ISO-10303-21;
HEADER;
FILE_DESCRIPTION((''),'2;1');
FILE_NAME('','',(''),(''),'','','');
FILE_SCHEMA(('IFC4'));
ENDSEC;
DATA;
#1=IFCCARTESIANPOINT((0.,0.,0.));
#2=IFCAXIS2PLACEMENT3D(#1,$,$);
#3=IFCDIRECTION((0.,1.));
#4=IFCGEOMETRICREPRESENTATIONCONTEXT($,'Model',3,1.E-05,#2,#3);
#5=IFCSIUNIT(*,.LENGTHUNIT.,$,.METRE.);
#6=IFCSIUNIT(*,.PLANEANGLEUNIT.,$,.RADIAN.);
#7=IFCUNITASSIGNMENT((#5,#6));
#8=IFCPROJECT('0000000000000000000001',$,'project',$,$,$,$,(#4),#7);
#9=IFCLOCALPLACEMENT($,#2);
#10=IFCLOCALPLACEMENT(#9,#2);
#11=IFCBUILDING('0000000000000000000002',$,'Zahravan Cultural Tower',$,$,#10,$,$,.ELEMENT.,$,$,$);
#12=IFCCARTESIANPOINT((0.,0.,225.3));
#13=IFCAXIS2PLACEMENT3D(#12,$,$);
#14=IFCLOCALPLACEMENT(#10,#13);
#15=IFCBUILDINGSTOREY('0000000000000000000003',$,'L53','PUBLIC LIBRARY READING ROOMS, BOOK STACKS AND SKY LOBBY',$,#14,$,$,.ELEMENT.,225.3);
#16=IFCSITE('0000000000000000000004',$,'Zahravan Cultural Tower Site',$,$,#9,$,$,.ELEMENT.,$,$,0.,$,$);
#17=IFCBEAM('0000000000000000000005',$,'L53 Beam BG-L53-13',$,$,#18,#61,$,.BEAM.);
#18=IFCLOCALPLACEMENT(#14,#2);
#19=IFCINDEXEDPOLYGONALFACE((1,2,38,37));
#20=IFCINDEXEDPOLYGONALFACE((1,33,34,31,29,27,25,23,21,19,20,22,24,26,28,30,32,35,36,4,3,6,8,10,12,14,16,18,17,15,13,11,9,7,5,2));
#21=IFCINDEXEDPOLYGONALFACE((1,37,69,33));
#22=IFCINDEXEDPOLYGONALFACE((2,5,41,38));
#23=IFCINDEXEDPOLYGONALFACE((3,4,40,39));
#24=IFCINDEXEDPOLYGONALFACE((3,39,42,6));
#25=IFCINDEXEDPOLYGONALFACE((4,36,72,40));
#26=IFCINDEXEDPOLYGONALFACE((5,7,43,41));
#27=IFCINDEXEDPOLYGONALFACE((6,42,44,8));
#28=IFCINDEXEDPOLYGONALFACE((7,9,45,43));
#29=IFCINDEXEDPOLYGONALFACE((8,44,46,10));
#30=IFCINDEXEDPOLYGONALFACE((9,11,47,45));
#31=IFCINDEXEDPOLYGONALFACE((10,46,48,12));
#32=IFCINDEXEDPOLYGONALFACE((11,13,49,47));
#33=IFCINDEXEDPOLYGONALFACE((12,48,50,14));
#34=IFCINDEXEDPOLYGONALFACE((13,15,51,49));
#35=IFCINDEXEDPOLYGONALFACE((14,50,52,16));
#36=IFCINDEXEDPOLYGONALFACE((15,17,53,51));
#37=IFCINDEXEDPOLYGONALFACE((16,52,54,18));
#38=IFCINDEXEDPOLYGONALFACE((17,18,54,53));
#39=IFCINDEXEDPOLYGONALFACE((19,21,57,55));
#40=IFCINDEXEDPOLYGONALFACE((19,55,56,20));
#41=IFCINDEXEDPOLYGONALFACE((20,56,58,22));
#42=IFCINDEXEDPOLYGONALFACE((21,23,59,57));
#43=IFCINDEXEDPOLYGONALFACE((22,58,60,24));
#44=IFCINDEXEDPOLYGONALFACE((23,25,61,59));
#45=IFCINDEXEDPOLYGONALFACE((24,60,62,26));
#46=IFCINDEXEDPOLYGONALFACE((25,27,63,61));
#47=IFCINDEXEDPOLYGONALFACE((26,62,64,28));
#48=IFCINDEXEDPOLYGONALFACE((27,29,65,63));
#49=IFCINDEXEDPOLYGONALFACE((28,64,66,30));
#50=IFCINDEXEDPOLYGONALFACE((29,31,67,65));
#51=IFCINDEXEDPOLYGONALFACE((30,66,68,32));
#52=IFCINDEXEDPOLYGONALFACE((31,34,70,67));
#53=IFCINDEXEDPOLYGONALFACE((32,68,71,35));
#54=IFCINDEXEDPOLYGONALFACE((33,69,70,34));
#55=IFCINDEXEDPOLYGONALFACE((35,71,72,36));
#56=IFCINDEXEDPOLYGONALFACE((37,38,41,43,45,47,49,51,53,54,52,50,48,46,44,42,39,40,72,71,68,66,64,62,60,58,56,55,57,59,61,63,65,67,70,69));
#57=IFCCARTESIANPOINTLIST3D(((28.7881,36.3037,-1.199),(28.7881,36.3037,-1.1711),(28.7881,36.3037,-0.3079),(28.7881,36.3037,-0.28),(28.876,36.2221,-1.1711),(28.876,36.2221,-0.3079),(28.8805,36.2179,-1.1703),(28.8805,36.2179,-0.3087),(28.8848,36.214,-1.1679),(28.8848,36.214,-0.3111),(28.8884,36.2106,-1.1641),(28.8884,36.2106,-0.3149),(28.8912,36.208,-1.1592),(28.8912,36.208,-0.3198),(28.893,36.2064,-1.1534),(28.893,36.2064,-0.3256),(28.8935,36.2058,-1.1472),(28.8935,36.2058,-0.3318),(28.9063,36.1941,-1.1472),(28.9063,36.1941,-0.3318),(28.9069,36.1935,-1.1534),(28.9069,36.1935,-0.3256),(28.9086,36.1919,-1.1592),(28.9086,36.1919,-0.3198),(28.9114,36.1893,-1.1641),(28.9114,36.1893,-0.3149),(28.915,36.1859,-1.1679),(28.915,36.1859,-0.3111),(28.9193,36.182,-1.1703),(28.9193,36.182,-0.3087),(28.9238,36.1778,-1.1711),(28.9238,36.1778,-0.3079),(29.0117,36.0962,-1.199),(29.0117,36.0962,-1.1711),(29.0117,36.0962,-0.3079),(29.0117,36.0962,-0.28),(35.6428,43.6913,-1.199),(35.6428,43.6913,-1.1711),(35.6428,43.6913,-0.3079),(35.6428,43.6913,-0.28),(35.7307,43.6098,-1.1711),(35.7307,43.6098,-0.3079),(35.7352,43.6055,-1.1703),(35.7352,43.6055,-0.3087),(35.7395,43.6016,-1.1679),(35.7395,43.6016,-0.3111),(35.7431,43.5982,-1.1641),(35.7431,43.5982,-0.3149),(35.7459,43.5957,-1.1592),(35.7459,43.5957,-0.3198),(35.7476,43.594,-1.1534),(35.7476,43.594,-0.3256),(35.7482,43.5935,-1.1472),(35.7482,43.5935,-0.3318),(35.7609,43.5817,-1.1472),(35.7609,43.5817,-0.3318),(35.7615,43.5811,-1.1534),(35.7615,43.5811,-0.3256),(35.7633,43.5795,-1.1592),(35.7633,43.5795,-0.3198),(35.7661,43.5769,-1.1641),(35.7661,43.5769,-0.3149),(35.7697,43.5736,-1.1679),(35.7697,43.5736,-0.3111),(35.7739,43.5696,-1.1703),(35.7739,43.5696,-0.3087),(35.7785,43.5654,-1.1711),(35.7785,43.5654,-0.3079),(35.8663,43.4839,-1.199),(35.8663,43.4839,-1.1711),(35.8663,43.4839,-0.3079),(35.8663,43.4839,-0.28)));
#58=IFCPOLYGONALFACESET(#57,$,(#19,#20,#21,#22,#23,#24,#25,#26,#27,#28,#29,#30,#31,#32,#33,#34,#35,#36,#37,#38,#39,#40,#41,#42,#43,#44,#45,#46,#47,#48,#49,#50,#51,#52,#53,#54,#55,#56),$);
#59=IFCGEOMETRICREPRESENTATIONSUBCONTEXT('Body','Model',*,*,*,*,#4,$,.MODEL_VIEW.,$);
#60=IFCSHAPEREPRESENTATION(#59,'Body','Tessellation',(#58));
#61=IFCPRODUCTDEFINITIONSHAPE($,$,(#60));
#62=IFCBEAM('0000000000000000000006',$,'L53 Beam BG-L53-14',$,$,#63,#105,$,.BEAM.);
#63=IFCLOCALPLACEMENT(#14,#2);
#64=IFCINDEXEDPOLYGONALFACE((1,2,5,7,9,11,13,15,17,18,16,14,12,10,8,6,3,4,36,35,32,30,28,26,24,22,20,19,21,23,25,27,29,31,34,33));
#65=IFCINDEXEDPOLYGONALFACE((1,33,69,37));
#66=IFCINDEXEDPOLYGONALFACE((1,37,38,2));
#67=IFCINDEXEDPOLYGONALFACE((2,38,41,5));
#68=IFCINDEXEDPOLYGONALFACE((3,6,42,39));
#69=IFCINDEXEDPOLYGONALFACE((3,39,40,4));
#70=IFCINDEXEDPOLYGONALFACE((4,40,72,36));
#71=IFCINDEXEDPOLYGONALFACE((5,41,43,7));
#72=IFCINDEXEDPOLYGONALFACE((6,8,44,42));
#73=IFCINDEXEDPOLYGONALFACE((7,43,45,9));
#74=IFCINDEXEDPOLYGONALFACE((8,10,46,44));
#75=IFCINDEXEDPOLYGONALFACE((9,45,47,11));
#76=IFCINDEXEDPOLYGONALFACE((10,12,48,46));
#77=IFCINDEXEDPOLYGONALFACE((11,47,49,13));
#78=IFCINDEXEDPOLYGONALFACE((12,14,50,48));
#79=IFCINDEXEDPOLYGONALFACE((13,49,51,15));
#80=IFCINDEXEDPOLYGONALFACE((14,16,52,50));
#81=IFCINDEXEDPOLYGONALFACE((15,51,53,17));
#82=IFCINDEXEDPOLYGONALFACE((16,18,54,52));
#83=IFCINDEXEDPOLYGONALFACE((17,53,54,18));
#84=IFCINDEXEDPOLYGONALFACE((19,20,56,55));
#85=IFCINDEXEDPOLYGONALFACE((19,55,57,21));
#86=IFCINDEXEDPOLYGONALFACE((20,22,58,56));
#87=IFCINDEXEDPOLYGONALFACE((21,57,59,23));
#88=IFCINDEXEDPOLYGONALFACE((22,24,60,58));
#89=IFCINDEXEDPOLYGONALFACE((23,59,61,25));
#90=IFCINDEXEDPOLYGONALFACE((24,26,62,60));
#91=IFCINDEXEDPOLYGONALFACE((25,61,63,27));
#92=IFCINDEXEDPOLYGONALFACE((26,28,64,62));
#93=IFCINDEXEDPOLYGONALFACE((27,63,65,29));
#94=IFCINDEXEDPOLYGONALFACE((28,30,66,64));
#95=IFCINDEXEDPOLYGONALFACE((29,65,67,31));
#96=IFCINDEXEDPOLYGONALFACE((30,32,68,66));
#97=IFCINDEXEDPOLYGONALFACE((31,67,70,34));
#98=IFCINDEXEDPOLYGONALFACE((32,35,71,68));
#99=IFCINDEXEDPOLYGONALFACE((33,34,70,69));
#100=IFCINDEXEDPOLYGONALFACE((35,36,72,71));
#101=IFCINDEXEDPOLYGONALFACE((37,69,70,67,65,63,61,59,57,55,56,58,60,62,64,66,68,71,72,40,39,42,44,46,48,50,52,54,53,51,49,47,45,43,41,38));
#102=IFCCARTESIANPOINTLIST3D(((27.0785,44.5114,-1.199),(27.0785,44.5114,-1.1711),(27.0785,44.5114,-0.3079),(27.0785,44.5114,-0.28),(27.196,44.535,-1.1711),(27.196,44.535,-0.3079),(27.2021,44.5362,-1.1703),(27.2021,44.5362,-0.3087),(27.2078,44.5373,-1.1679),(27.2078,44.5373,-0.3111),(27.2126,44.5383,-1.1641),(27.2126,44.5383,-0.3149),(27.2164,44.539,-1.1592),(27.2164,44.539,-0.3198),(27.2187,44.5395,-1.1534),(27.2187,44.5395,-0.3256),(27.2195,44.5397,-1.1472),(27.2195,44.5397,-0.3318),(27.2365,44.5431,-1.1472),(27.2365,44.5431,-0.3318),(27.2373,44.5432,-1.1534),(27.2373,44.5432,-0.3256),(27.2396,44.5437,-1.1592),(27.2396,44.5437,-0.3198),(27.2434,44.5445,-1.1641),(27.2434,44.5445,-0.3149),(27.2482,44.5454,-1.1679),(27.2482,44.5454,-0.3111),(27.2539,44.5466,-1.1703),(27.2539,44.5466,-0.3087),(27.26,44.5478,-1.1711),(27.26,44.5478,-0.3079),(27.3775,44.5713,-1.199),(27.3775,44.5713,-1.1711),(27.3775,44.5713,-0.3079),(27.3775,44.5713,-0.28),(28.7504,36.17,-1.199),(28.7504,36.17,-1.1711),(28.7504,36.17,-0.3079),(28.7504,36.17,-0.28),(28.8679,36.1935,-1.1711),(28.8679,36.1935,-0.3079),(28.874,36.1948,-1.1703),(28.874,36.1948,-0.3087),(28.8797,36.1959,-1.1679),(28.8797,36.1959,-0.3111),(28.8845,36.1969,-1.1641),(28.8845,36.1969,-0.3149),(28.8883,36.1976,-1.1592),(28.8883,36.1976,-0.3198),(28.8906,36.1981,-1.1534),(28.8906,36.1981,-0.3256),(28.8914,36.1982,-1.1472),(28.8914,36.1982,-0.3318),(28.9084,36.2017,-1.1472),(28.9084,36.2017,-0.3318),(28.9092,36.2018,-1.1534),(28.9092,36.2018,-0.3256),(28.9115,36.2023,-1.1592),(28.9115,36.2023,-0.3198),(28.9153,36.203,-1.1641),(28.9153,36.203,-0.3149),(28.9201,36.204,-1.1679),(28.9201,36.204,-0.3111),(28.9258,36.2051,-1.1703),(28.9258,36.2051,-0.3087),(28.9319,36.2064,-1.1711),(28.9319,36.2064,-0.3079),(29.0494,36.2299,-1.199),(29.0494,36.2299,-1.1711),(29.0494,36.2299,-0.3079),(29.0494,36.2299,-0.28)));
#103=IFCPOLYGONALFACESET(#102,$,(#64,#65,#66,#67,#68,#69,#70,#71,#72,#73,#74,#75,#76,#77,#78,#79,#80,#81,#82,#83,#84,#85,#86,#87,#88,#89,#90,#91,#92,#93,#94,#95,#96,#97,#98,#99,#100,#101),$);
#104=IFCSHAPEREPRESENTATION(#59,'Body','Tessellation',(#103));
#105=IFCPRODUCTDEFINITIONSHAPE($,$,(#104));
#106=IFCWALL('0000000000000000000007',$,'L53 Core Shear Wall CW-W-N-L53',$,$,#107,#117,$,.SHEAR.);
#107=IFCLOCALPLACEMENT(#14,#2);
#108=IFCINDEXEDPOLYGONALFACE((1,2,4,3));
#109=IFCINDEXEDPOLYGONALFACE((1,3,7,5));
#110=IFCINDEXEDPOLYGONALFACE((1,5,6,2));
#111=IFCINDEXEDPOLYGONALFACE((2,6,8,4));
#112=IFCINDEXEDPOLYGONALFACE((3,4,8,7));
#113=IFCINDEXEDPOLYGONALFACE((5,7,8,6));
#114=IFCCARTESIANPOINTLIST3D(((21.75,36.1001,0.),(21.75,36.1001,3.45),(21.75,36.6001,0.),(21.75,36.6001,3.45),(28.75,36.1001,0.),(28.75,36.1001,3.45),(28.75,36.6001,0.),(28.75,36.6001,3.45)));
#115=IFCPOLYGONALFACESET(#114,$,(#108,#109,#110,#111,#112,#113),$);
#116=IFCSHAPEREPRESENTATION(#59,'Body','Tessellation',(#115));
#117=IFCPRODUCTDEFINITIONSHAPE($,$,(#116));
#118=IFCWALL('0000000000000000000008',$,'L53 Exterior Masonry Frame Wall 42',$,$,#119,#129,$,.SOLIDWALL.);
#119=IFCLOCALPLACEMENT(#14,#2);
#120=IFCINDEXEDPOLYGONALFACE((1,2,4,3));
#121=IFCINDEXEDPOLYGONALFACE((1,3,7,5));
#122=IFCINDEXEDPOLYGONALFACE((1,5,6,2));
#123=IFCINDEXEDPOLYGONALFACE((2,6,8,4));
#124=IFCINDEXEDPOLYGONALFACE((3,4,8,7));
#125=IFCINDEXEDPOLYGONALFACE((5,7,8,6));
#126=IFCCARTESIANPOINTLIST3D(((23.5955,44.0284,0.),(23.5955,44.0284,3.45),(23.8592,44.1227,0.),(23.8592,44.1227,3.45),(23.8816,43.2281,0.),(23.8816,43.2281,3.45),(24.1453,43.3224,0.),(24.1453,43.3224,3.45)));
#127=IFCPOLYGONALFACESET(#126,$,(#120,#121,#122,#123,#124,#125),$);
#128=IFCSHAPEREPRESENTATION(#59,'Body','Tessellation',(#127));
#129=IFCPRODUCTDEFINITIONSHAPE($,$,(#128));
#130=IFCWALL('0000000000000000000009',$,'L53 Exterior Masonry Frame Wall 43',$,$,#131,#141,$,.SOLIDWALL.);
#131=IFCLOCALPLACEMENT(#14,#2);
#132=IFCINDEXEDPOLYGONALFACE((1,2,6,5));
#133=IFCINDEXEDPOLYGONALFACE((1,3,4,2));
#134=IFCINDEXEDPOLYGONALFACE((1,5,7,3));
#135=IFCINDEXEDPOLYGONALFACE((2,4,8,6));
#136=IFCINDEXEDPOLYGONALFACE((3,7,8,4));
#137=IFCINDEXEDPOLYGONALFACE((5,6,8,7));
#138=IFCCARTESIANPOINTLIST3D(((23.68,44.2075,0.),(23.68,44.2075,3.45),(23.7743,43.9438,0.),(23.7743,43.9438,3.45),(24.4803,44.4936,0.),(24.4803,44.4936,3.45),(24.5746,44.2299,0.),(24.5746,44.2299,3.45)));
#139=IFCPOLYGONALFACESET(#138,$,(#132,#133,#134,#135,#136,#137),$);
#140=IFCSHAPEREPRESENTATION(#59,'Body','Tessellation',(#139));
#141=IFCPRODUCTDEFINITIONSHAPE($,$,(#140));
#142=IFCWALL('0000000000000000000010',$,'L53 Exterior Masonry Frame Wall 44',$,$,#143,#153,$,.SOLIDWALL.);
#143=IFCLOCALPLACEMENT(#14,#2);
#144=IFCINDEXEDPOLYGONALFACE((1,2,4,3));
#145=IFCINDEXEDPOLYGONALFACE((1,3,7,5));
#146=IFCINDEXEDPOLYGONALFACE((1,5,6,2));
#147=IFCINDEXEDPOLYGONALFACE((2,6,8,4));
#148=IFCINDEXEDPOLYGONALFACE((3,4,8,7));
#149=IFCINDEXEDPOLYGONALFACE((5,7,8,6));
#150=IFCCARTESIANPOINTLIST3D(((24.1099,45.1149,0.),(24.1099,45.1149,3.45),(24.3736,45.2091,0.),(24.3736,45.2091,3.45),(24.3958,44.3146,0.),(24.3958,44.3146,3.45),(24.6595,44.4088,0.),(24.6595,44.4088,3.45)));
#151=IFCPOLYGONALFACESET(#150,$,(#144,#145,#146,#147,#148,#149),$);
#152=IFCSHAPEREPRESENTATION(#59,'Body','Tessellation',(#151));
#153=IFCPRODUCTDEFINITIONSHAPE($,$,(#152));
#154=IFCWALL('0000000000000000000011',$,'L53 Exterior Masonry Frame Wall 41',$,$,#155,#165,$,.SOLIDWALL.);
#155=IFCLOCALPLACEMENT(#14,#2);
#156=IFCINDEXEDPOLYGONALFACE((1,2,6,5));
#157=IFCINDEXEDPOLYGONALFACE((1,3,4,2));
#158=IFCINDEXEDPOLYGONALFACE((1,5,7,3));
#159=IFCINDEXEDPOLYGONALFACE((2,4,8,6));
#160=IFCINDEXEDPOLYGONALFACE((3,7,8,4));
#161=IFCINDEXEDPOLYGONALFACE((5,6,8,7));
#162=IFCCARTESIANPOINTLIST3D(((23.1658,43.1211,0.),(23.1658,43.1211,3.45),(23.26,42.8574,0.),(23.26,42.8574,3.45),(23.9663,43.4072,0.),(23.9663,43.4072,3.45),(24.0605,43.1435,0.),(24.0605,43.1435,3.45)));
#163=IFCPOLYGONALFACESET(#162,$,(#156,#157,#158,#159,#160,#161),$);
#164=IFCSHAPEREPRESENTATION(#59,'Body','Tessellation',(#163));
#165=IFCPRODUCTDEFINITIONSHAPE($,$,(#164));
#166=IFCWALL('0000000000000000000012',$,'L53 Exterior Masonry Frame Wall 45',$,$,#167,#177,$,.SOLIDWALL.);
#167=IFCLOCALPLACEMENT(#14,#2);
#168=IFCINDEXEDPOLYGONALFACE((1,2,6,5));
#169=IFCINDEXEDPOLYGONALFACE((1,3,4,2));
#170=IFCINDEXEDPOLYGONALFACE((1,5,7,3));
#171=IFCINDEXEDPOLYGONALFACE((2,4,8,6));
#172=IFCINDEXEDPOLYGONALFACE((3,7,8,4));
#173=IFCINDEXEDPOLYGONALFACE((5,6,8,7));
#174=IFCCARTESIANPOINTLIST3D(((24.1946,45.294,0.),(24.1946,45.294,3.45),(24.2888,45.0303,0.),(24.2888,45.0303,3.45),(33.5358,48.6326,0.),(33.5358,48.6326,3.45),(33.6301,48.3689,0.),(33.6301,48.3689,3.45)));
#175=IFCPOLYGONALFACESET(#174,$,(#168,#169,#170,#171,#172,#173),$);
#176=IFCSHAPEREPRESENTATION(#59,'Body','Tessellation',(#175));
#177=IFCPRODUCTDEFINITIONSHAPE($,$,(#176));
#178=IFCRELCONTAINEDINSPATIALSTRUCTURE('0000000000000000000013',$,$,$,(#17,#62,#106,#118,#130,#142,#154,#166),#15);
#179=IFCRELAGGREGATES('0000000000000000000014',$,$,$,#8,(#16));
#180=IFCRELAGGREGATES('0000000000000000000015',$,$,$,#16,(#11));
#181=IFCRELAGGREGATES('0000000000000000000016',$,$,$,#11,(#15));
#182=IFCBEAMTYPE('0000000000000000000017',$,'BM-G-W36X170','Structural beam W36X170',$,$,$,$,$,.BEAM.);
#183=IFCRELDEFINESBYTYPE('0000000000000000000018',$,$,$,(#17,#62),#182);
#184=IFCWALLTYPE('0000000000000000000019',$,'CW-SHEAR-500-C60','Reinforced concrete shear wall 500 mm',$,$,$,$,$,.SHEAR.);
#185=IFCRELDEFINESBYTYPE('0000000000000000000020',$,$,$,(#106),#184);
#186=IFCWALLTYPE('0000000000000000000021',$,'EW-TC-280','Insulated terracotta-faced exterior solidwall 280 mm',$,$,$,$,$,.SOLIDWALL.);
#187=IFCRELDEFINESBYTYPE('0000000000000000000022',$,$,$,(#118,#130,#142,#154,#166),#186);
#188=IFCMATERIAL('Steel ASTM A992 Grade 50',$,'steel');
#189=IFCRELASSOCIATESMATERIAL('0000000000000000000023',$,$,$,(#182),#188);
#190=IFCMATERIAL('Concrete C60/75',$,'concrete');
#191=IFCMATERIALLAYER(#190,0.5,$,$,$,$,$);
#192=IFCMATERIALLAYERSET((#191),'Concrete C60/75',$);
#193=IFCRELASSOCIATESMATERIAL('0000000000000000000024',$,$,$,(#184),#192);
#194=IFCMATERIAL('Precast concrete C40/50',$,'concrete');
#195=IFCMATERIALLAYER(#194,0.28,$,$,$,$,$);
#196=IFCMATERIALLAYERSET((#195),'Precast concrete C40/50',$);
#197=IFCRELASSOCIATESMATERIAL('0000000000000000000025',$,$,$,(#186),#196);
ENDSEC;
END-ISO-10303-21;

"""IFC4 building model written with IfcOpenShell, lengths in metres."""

from ifc_helpers import new_model, si_unit, direction, frame, frame_2d, origin, origin_2d, place, context, subcontext, project, spatial, rectangle, i_section, extrude, source, transform, mapped, material, layer, layer_set, material_profile, profile_set, type_object, element, save


model = new_model("IFC4")

# Units and contexts
model_context = context("Model", 3, precision=1e-05, world=origin(), true_north=direction((0.0, 1.0)))
body_context = subcontext(model_context, "Body", "Model", "MODEL_VIEW")
ifc_project = project(units=[si_unit("LENGTHUNIT", "METRE"), si_unit("PLANEANGLEUNIT", "RADIAN")], contexts=[model_context])

# Site, building, storey
site_placement = place(None, origin())
site = spatial("IfcSite", under=ifc_project, at=site_placement, Name="Zahravan Cultural Tower Site", CompositionType="ELEMENT", RefElevation=0.0)
building_placement = place(site_placement, origin())
building = spatial("IfcBuilding", under=site, at=building_placement, Name="Zahravan Cultural Tower", CompositionType="ELEMENT")
storey_placement = place(building_placement, frame((0.0, 0.0, 225.3)))
storey = spatial("IfcBuildingStorey", under=building, at=storey_placement, Name="L53", Description="PUBLIC LIBRARY READING ROOMS, BOOK STACKS AND SKY LOBBY", CompositionType="ELEMENT", Elevation=225.3)

# Shared definitions
ifc_material_1 = material(Name="Steel ASTM A992 Grade 50", Category="steel")

# Beams
ifc_material_profile_1 = material_profile(ifc_material_1, i_section(OverallWidth=0.3049, OverallDepth=0.9189, WebThickness=0.0173, FlangeThickness=0.0278, FilletRadius=0.0239, at=origin_2d()), Name="W36X170")
ifc_profile_set_1 = profile_set([ifc_material_profile_1], Name="Steel ASTM A992 Grade 50")
beam_type_1 = type_object("IfcBeamType", Name="BM-G-W36X170", Description="Structural beam W36X170", PredefinedType="BEAM", material=ifc_profile_set_1)
shared_shape_1 = source(origin(), body_context, "Body", "SweptSolid", [
    extrude(i_section(OverallWidth=0.3049, OverallDepth=0.9189, WebThickness=0.0173, FlangeThickness=0.0278, FilletRadius=0.0239, at=origin_2d()), origin(), (0.0, 0.0, 1.0), 10.0779),
])
beam_1_placement = place(storey_placement, frame((28.8999, 36.2, -0.7395), z_axis=(0.68017, 0.733054, 0.0), x_axis=(-0.733054, 0.68017, 0.0)))
element("IfcBeam", 1, at=beam_1_placement, inside=storey, type_object=beam_type_1, Name="L53 Beam BG-L53-13", PredefinedType="BEAM", context=body_context, shape_type="MappedRepresentation", body=[
    mapped(shared_shape_1, transform((0.0, 0.0, 0.0), x_axis=(1.0, 0.0, 0.0), y_axis=(0.0, 1.0, 0.0), z_axis=(0.0, 0.0, 1.0), scale=1.0)),
])
shared_shape_2 = source(origin(), body_context, "Body", "SweptSolid", [
    extrude(i_section(OverallWidth=0.3049, OverallDepth=0.9189, WebThickness=0.0173, FlangeThickness=0.0278, FilletRadius=0.0239, at=origin_2d()), origin(), (0.0, 0.0, 1.0), 8.5073),
])
beam_2_placement = place(storey_placement, frame((28.8999, 36.2, -0.7395), z_axis=(-0.196525, 0.980499, 0.0), x_axis=(-0.980499, -0.196525, 0.0)))
element("IfcBeam", 2, at=beam_2_placement, inside=storey, type_object=beam_type_1, Name="L53 Beam BG-L53-14", PredefinedType="BEAM", context=body_context, shape_type="MappedRepresentation", body=[
    mapped(shared_shape_2, transform((0.0, 0.0, 0.0), x_axis=(1.0, 0.0, 0.0), y_axis=(0.0, 1.0, 0.0), z_axis=(0.0, 0.0, 1.0), scale=1.0)),
])

# Walls
ifc_material_2 = material(Name="Concrete C60/75", Category="concrete")
ifc_layer_1 = layer(ifc_material_2, 0.5)
ifc_layer_set_1 = layer_set([ifc_layer_1], Name="Concrete C60/75")
wall_type_1 = type_object("IfcWallType", Name="CW-SHEAR-500-C60", Description="Reinforced concrete shear wall 500 mm", PredefinedType="SHEAR", material=ifc_layer_set_1)
shared_shape_3 = source(origin(), body_context, "Body", "SweptSolid", [
    extrude(rectangle(XDim=7.0, YDim=0.5, at=frame_2d((3.5, 0.0))), origin(), (0.0, 0.0, 1.0), 3.45),
])
wall_1_placement = place(storey_placement, frame((21.75, 36.3501, 0.0), z_axis=(0.0, 0.0, 1.0), x_axis=(1.0, 0.0, 0.0)))
element("IfcWall", 3, at=wall_1_placement, inside=storey, type_object=wall_type_1, Name="L53 Core Shear Wall CW-W-N-L53", PredefinedType="SHEAR", context=body_context, shape_type="MappedRepresentation", body=[
    mapped(shared_shape_3, transform((0.0, 0.0, 0.0), x_axis=(1.0, 0.0, 0.0), y_axis=(0.0, 1.0, 0.0), z_axis=(0.0, 0.0, 1.0), scale=1.0)),
])
ifc_material_3 = material(Name="Precast concrete C40/50", Category="concrete")
ifc_layer_2 = layer(ifc_material_3, 0.28)
ifc_layer_set_2 = layer_set([ifc_layer_2], Name="Precast concrete C40/50")
wall_type_2 = type_object("IfcWallType", Name="EW-TC-280", Description="Insulated terracotta-faced exterior solidwall 280 mm", PredefinedType="SOLIDWALL", material=ifc_layer_set_2)
shared_shape_4 = source(origin(), body_context, "Body", "SweptSolid", [
    extrude(rectangle(XDim=0.8499, YDim=0.28, at=frame_2d((0.4248, 0.0))), origin(), (0.0, 0.0, 1.0), 3.45),
])
for number, where, z_axis, x_axis, name in (
    (4, (24.0134, 43.2754, 0.0), (0.0, 0.0, 1.0), (-0.336664, 0.941625, 0.0), "L53 Exterior Masonry Frame Wall 42"),
    (5, (23.7273, 44.0757, 0.0), (0.0, 0.0, 1.0), (0.941625, 0.336664, 0.0), "L53 Exterior Masonry Frame Wall 43"),
    (6, (24.5276, 44.3618, 0.0), (0.0, 0.0, 1.0), (-0.336409, 0.941716, 0.0), "L53 Exterior Masonry Frame Wall 44"),
):
    element("IfcWall", number, at=place(storey_placement, frame(where, z_axis=z_axis, x_axis=x_axis)), inside=storey, type_object=wall_type_2, Name=name, PredefinedType="SOLIDWALL", context=body_context, shape_type="MappedRepresentation", body=[
        mapped(shared_shape_4, transform((0.0, 0.0, 0.0), x_axis=(1.0, 0.0, 0.0), y_axis=(0.0, 1.0, 0.0), z_axis=(0.0, 0.0, 1.0), scale=1.0)),
    ])
shared_shape_5 = source(origin(), body_context, "Body", "SweptSolid", [
    extrude(rectangle(XDim=0.8501, YDim=0.28, at=frame_2d((0.425, 0.0))), origin(), (0.0, 0.0, 1.0), 3.45),
])
wall_2_placement = place(storey_placement, frame((23.2129, 42.9893, 0.0), z_axis=(0.0, 0.0, 1.0), x_axis=(0.941657, 0.336573, 0.0)))
element("IfcWall", 7, at=wall_2_placement, inside=storey, type_object=wall_type_2, Name="L53 Exterior Masonry Frame Wall 41", PredefinedType="SOLIDWALL", context=body_context, shape_type="MappedRepresentation", body=[
    mapped(shared_shape_5, transform((0.0, 0.0, 0.0), x_axis=(1.0, 0.0, 0.0), y_axis=(0.0, 1.0, 0.0), z_axis=(0.0, 0.0, 1.0), scale=1.0)),
])
shared_shape_6 = source(origin(), body_context, "Body", "SweptSolid", [
    extrude(rectangle(XDim=9.9199, YDim=0.28, at=frame_2d((4.96, 0.0))), origin(), (0.0, 0.0, 1.0), 3.45),
])
wall_3_placement = place(storey_placement, frame((24.2417, 45.1621, 0.0), z_axis=(0.0, 0.0, 1.0), x_axis=(0.941664, 0.336555, 0.0)))
element("IfcWall", 8, at=wall_3_placement, inside=storey, type_object=wall_type_2, Name="L53 Exterior Masonry Frame Wall 45", PredefinedType="SOLIDWALL", context=body_context, shape_type="MappedRepresentation", body=[
    mapped(shared_shape_6, transform((0.0, 0.0, 0.0), x_axis=(1.0, 0.0, 0.0), y_axis=(0.0, 1.0, 0.0), z_axis=(0.0, 0.0, 1.0), scale=1.0)),
])

save(model, "model.ifc")
